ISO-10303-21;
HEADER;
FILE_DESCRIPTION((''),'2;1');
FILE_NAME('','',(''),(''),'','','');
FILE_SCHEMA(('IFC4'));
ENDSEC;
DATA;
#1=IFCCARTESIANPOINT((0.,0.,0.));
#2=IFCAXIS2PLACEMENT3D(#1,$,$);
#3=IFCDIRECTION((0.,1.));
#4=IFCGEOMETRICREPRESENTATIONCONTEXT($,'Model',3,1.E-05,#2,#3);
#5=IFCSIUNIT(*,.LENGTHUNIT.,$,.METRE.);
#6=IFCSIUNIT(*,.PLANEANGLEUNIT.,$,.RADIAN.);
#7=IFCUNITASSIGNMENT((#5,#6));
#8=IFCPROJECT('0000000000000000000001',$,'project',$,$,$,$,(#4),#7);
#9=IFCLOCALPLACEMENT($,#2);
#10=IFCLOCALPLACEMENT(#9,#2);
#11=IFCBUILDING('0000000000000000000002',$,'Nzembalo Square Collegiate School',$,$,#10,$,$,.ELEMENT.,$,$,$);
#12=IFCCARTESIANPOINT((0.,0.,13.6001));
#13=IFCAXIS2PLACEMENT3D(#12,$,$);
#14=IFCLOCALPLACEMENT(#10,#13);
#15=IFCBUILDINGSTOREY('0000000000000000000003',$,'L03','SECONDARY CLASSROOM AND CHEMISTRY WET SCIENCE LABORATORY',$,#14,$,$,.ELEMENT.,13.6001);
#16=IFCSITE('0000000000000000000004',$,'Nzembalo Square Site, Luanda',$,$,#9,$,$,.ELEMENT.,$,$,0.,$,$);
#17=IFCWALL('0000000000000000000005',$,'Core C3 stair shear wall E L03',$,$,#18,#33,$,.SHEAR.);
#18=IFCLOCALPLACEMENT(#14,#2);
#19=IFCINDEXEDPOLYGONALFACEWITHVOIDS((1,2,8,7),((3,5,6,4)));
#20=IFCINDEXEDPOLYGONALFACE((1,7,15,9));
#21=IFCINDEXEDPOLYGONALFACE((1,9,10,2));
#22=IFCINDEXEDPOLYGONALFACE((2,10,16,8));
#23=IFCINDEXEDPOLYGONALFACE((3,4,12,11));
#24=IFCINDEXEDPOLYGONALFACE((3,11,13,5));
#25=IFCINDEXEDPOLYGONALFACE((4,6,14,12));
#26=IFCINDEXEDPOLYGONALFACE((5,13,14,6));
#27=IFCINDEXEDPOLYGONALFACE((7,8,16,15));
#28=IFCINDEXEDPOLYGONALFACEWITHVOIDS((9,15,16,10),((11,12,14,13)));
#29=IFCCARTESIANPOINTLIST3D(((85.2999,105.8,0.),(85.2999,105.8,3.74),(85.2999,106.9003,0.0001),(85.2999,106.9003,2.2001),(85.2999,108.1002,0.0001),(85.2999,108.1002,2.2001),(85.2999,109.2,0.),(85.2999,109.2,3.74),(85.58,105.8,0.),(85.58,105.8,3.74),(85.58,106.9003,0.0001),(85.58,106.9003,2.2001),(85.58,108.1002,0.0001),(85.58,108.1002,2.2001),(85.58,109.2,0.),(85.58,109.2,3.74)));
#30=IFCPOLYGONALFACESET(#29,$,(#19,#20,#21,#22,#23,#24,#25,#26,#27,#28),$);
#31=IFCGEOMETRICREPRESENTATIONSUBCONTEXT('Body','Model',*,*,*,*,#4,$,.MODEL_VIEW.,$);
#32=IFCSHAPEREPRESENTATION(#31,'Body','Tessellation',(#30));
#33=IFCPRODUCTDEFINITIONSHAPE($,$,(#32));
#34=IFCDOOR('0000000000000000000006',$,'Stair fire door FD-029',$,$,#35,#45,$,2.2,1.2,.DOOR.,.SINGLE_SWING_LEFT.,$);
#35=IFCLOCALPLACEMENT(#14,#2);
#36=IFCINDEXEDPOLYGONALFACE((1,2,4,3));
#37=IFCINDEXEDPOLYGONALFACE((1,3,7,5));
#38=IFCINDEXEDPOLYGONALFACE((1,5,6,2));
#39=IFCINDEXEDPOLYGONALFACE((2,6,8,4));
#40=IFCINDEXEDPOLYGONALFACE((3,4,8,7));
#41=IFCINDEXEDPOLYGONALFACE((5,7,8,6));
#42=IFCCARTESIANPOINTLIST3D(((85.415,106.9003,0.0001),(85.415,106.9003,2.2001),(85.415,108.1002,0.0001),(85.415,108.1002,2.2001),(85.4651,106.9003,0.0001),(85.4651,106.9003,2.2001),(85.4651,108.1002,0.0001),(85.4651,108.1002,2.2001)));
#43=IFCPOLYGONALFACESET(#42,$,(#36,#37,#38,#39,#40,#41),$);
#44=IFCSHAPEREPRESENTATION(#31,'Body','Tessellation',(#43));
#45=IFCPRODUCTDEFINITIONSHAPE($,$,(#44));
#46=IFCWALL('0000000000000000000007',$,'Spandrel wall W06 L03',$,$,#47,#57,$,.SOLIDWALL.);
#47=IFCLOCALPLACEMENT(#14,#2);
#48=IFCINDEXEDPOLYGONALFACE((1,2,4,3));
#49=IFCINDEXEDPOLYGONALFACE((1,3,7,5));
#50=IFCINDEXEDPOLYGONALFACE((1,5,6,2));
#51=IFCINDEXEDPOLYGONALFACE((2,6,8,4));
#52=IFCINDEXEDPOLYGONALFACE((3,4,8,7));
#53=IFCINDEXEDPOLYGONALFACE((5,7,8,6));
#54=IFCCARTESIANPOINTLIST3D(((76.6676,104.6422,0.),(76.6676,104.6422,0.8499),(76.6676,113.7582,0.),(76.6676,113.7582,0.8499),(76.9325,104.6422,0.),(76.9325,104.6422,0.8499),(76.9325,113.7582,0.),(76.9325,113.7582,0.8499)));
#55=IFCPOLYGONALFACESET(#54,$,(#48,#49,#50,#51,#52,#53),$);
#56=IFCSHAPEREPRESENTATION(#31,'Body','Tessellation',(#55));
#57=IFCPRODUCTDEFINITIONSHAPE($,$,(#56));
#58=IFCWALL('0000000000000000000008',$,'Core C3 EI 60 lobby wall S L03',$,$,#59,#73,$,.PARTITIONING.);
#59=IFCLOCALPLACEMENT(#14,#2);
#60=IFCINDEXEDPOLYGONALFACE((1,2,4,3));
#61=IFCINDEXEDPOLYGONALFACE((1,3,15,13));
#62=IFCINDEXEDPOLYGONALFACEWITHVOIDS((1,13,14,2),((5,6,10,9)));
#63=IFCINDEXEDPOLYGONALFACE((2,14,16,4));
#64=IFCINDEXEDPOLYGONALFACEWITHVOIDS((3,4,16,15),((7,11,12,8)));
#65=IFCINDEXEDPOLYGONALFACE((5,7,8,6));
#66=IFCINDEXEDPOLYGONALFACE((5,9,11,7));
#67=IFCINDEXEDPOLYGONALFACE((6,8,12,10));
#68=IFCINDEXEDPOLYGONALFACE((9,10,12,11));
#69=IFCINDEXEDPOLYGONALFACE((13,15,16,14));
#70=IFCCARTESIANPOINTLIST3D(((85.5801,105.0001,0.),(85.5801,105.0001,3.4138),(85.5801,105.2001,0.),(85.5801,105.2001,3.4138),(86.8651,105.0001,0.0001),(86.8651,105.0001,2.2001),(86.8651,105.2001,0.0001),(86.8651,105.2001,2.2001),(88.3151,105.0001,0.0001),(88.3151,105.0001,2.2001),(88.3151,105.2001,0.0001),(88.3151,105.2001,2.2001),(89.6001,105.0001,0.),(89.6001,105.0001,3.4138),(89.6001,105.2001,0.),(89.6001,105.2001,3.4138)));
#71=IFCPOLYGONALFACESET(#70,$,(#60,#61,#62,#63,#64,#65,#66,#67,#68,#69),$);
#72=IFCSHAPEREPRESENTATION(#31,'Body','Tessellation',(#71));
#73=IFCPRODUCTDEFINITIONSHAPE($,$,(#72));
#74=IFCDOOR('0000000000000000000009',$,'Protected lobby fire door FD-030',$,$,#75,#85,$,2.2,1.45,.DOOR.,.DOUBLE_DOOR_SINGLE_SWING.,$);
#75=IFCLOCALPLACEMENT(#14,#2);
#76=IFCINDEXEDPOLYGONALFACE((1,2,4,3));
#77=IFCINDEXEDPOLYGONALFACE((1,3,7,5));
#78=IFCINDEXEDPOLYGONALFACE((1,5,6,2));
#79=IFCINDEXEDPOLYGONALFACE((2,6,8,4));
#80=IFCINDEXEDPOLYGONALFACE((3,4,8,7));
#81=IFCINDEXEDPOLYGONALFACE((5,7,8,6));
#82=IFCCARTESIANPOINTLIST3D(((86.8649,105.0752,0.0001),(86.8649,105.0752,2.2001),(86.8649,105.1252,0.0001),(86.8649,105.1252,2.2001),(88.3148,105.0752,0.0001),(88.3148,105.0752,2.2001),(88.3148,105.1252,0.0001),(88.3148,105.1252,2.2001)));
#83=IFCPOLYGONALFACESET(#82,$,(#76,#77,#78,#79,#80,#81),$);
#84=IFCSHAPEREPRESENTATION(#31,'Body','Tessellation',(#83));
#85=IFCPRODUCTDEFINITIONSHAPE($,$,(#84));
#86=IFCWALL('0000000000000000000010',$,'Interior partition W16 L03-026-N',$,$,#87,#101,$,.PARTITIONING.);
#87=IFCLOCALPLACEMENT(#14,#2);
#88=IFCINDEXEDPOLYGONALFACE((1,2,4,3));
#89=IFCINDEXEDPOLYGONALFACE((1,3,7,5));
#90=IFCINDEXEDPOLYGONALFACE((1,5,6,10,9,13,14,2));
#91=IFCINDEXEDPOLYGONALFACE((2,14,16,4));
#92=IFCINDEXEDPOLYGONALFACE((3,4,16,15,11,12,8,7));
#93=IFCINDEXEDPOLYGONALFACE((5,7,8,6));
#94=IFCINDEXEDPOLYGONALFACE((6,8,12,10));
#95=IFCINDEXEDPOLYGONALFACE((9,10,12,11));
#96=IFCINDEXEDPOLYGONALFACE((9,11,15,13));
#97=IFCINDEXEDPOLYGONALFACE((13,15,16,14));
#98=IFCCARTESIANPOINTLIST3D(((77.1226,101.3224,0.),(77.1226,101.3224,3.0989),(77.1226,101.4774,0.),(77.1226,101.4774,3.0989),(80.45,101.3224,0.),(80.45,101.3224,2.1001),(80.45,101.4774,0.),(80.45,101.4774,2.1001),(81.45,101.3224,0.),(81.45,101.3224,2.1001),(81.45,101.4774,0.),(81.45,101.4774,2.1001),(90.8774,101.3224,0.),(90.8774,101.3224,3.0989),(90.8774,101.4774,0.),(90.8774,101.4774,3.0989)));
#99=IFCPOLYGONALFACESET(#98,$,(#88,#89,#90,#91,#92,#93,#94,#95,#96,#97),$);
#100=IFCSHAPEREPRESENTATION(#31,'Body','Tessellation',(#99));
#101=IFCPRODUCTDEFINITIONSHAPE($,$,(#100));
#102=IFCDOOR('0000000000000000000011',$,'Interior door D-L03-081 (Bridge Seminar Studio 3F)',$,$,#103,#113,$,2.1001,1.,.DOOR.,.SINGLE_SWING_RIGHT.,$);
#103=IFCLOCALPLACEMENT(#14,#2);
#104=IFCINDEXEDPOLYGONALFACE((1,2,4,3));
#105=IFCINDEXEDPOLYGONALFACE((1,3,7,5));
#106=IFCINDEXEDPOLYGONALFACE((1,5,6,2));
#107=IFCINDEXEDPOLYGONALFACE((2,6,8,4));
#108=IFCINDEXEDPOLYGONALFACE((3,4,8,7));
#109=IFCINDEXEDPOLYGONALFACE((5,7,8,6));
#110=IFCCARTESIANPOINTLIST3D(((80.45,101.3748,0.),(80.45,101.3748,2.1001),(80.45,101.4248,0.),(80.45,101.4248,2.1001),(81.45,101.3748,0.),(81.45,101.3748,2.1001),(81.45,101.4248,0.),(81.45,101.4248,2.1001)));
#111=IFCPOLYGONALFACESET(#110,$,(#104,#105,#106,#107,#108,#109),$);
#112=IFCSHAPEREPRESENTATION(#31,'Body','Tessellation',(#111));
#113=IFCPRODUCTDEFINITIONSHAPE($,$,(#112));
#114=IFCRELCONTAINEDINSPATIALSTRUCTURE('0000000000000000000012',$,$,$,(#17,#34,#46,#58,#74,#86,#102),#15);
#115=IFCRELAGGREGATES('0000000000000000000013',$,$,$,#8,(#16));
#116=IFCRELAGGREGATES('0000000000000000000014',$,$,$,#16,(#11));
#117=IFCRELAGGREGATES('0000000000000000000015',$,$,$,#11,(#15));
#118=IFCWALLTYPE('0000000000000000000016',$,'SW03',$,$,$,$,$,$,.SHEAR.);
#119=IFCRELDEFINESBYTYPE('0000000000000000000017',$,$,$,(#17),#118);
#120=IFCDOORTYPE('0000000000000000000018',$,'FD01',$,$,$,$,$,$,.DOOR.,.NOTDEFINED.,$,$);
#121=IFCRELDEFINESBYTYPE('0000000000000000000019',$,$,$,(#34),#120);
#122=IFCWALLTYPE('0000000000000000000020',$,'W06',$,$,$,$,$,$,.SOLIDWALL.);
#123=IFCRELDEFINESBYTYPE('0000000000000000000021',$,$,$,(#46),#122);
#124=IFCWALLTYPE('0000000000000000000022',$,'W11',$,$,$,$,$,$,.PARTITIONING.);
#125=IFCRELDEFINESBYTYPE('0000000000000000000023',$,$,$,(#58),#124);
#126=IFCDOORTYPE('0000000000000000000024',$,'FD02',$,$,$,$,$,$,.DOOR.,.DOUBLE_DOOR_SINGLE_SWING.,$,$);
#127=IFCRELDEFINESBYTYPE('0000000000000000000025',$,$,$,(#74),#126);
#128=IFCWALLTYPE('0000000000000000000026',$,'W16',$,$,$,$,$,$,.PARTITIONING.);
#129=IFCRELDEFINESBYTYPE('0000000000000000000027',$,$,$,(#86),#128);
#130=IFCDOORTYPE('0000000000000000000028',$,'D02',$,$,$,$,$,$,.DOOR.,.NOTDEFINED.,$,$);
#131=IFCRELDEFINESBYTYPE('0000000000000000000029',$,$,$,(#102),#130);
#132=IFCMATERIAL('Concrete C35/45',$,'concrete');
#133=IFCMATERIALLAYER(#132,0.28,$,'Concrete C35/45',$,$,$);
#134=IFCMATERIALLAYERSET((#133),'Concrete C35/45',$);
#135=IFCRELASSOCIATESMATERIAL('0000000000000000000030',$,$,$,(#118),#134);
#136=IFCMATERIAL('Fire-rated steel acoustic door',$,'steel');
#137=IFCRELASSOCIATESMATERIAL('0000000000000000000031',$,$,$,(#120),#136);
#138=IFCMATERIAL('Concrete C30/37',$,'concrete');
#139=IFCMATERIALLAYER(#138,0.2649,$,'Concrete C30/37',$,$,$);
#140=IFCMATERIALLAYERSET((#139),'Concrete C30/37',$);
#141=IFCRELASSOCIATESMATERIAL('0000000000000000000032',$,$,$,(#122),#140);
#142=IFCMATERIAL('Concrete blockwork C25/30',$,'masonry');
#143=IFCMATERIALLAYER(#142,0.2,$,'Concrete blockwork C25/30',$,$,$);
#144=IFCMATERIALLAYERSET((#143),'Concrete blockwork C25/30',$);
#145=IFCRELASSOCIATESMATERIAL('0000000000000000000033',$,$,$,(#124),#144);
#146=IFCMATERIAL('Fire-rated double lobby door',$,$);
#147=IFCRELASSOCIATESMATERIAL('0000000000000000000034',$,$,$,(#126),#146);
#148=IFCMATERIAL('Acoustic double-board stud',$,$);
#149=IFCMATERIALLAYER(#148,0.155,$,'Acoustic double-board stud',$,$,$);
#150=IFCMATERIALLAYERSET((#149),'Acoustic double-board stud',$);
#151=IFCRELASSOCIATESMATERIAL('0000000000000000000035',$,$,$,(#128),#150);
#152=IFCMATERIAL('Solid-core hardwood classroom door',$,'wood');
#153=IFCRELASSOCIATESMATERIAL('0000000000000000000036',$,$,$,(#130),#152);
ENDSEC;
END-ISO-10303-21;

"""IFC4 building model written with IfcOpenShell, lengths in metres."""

from ifc_helpers import new_model, si_unit, direction, frame, frame_2d, origin, place, context, subcontext, project, spatial, rectangle, extrude, material, layer, layer_set, type_object, element, fill, save


model = new_model("IFC4")

# Units and contexts
model_context = context("Model", 3, precision=1e-05, world=origin(), true_north=direction((0.0, 1.0)))
body_context = subcontext(model_context, "Body", "Model", "MODEL_VIEW")
ifc_project = project(units=[si_unit("LENGTHUNIT", "METRE"), si_unit("PLANEANGLEUNIT", "RADIAN")], contexts=[model_context])

# Site, building, storey
site_placement = place(None, origin())
site = spatial("IfcSite", under=ifc_project, at=site_placement, Name="Nzembalo Square Site, Luanda", CompositionType="ELEMENT", RefElevation=0.0)
building_placement = place(site_placement, origin())
building = spatial("IfcBuilding", under=site, at=building_placement, Name="Nzembalo Square Collegiate School", CompositionType="ELEMENT")
storey_placement = place(building_placement, frame((0.0, 0.0, 13.6001)))
storey = spatial("IfcBuildingStorey", under=building, at=storey_placement, Name="L03", Description="SECONDARY CLASSROOM AND CHEMISTRY WET SCIENCE LABORATORY", CompositionType="ELEMENT", Elevation=13.6001)

# Shared definitions
ifc_material_1 = material(Name="Concrete C35/45", Category="concrete")
ifc_layer_1 = layer(ifc_material_1, 0.28, Name="Concrete C35/45")
ifc_layer_set_1 = layer_set([ifc_layer_1], Name="Concrete C35/45")
wall_type_1 = type_object("IfcWallType", Name="SW03", PredefinedType="SHEAR", material=ifc_layer_set_1)

# Wall, opening, door
wall_1_placement = place(storey_placement, frame((85.4399, 105.8, 0.0), z_axis=(0.0, 0.0, 1.0), x_axis=(0.0, 1.0, 0.0)))
wall_1 = element("IfcWall", 1, at=wall_1_placement, inside=storey, type_object=wall_type_1, Name="Core C3 stair shear wall E L03", PredefinedType="SHEAR", context=body_context, shape_type="SweptSolid", body=[
    extrude(rectangle(XDim=3.3999, YDim=0.28, at=frame_2d((1.7, 0.0))), origin(), (0.0, 0.0, 1.0), 3.74),
])
opening_1_placement = place(wall_1_placement, frame((1.1001, 0.0, 0.0)))
opening_1 = element("IfcOpeningElement", 2, at=opening_1_placement, cuts=wall_1, PredefinedType="OPENING", context=body_context, shape_type="SweptSolid", body=[
    extrude(rectangle(XDim=1.2, YDim=2.2, at=frame_2d((0.6001, 1.1001))), frame((0.0, 0.1499, 0.0), z_axis=(0.0, -1.0, 0.0), x_axis=(1.0, 0.0, 0.0)), (0.0, 0.0, 1.0), 0.3),
])
ifc_material_2 = material(Name="Fire-rated steel acoustic door", Category="steel")
door_type_1 = type_object("IfcDoorType", Name="FD01", OperationType="NOTDEFINED", PredefinedType="DOOR", material=ifc_material_2)
door_1_placement = place(opening_1_placement, origin())
door_1 = element("IfcDoor", 3, at=door_1_placement, inside=storey, type_object=door_type_1, Name="Stair fire door FD-029", OperationType="SINGLE_SWING_LEFT", OverallHeight=2.2, OverallWidth=1.2, PredefinedType="DOOR", context=body_context, shape_type="SweptSolid", body=[
    extrude(rectangle(XDim=1.2, YDim=2.2, at=frame_2d((0.6001, 1.1001))), frame((0.0, 0.0249, 0.0), z_axis=(0.0, -1.0, 0.0), x_axis=(1.0, 0.0, 0.0)), (0.0, 0.0, 1.0), 0.05),
])
fill(opening_1, door_1)

# Wall
ifc_material_3 = material(Name="Concrete C30/37", Category="concrete")
ifc_layer_2 = layer(ifc_material_3, 0.2649, Name="Concrete C30/37")
ifc_layer_set_2 = layer_set([ifc_layer_2], Name="Concrete C30/37")
wall_type_2 = type_object("IfcWallType", Name="W06", PredefinedType="SOLIDWALL", material=ifc_layer_set_2)
wall_2_placement = place(storey_placement, frame((76.8, 104.6421, 0.0), z_axis=(0.0, 0.0, 1.0), x_axis=(0.0, 1.0, 0.0)))
element("IfcWall", 4, at=wall_2_placement, inside=storey, type_object=wall_type_2, Name="Spandrel wall W06 L03", PredefinedType="SOLIDWALL", context=body_context, shape_type="SweptSolid", body=[
    extrude(rectangle(XDim=9.116, YDim=0.2649, at=frame_2d((4.5581, 0.0))), origin(), (0.0, 0.0, 1.0), 0.8499),
])

# Walls, openings, doors
ifc_material_4 = material(Name="Concrete blockwork C25/30", Category="masonry")
ifc_layer_3 = layer(ifc_material_4, 0.2, Name="Concrete blockwork C25/30")
ifc_layer_set_3 = layer_set([ifc_layer_3], Name="Concrete blockwork C25/30")
wall_type_3 = type_object("IfcWallType", Name="W11", PredefinedType="PARTITIONING", material=ifc_layer_set_3)
wall_3_placement = place(storey_placement, frame((85.5801, 105.1001, 0.0), z_axis=(0.0, 0.0, 1.0), x_axis=(1.0, 0.0, 0.0)))
wall_3 = element("IfcWall", 5, at=wall_3_placement, inside=storey, type_object=wall_type_3, Name="Core C3 EI 60 lobby wall S L03", PredefinedType="PARTITIONING", context=body_context, shape_type="SweptSolid", body=[
    extrude(rectangle(XDim=4.02, YDim=0.2, at=frame_2d((2.01, 0.0))), origin(), (0.0, 0.0, 1.0), 3.4138),
])
opening_2_placement = place(wall_3_placement, frame((1.2849, 0.0, 0.0)))
opening_2 = element("IfcOpeningElement", 6, at=opening_2_placement, cuts=wall_3, PredefinedType="OPENING", context=body_context, shape_type="SweptSolid", body=[
    extrude(rectangle(XDim=1.45, YDim=2.2, at=frame_2d((0.7251, 1.1001))), frame((0.0, 0.1099, 0.0), z_axis=(0.0, -1.0, 0.0), x_axis=(1.0, 0.0, 0.0)), (0.0, 0.0, 1.0), 0.22),
])
ifc_material_5 = material(Name="Fire-rated double lobby door")
door_type_2 = type_object("IfcDoorType", Name="FD02", OperationType="DOUBLE_DOOR_SINGLE_SWING", PredefinedType="DOOR", material=ifc_material_5)
door_2_placement = place(opening_2_placement, frame((1.45, 0.0, 0.0), z_axis=(0.0, 0.0, 1.0), x_axis=(-1.0, 0.0, 0.0)))
door_2 = element("IfcDoor", 7, at=door_2_placement, inside=storey, type_object=door_type_2, Name="Protected lobby fire door FD-030", OperationType="DOUBLE_DOOR_SINGLE_SWING", OverallHeight=2.2, OverallWidth=1.45, PredefinedType="DOOR", context=body_context, shape_type="SweptSolid", body=[
    extrude(rectangle(XDim=1.45, YDim=2.2, at=frame_2d((0.7251, 1.1001))), frame((0.0, 0.0249, 0.0), z_axis=(0.0, -1.0, 0.0), x_axis=(1.0, 0.0, 0.0)), (0.0, 0.0, 1.0), 0.05),
])
fill(opening_2, door_2)
ifc_material_6 = material(Name="Acoustic double-board stud")
ifc_layer_4 = layer(ifc_material_6, 0.155, Name="Acoustic double-board stud")
ifc_layer_set_4 = layer_set([ifc_layer_4], Name="Acoustic double-board stud")
wall_type_4 = type_object("IfcWallType", Name="W16", PredefinedType="PARTITIONING", material=ifc_layer_set_4)
wall_4_placement = place(storey_placement, frame((77.1226, 101.3999, 0.0), z_axis=(0.0, 0.0, 1.0), x_axis=(1.0, 0.0, 0.0)))
wall_4 = element("IfcWall", 8, at=wall_4_placement, inside=storey, type_object=wall_type_4, Name="Interior partition W16 L03-026-N", PredefinedType="PARTITIONING", context=body_context, shape_type="SweptSolid", body=[
    extrude(rectangle(XDim=13.7549, YDim=0.155, at=frame_2d((6.8774, 0.0))), origin(), (0.0, 0.0, 1.0), 3.0989),
])
opening_3_placement = place(wall_4_placement, frame((3.3274, 0.0, 0.0)))
opening_3 = element("IfcOpeningElement", 9, at=opening_3_placement, cuts=wall_4, PredefinedType="OPENING", context=body_context, shape_type="SweptSolid", body=[
    extrude(rectangle(XDim=1.0, YDim=2.1001, at=frame_2d((0.5, 1.05))), frame((0.0, 0.0874, 0.0), z_axis=(0.0, -1.0, 0.0), x_axis=(1.0, 0.0, 0.0)), (0.0, 0.0, 1.0), 0.175),
])
ifc_material_7 = material(Name="Solid-core hardwood classroom door", Category="wood")
door_type_3 = type_object("IfcDoorType", Name="D02", OperationType="NOTDEFINED", PredefinedType="DOOR", material=ifc_material_7)
door_3_placement = place(opening_3_placement, origin())
door_3 = element("IfcDoor", 10, at=door_3_placement, inside=storey, type_object=door_type_3, Name="Interior door D-L03-081 (Bridge Seminar Studio 3F)", OperationType="SINGLE_SWING_RIGHT", OverallHeight=2.1001, OverallWidth=1.0, PredefinedType="DOOR", context=body_context, shape_type="SweptSolid", body=[
    extrude(rectangle(XDim=1.0, YDim=2.1001, at=frame_2d((0.5, 1.05))), frame((0.0, 0.0249, 0.0), z_axis=(0.0, -1.0, 0.0), x_axis=(1.0, 0.0, 0.0)), (0.0, 0.0, 1.0), 0.05),
])
fill(opening_3, door_3)

save(model, "model.ifc")
